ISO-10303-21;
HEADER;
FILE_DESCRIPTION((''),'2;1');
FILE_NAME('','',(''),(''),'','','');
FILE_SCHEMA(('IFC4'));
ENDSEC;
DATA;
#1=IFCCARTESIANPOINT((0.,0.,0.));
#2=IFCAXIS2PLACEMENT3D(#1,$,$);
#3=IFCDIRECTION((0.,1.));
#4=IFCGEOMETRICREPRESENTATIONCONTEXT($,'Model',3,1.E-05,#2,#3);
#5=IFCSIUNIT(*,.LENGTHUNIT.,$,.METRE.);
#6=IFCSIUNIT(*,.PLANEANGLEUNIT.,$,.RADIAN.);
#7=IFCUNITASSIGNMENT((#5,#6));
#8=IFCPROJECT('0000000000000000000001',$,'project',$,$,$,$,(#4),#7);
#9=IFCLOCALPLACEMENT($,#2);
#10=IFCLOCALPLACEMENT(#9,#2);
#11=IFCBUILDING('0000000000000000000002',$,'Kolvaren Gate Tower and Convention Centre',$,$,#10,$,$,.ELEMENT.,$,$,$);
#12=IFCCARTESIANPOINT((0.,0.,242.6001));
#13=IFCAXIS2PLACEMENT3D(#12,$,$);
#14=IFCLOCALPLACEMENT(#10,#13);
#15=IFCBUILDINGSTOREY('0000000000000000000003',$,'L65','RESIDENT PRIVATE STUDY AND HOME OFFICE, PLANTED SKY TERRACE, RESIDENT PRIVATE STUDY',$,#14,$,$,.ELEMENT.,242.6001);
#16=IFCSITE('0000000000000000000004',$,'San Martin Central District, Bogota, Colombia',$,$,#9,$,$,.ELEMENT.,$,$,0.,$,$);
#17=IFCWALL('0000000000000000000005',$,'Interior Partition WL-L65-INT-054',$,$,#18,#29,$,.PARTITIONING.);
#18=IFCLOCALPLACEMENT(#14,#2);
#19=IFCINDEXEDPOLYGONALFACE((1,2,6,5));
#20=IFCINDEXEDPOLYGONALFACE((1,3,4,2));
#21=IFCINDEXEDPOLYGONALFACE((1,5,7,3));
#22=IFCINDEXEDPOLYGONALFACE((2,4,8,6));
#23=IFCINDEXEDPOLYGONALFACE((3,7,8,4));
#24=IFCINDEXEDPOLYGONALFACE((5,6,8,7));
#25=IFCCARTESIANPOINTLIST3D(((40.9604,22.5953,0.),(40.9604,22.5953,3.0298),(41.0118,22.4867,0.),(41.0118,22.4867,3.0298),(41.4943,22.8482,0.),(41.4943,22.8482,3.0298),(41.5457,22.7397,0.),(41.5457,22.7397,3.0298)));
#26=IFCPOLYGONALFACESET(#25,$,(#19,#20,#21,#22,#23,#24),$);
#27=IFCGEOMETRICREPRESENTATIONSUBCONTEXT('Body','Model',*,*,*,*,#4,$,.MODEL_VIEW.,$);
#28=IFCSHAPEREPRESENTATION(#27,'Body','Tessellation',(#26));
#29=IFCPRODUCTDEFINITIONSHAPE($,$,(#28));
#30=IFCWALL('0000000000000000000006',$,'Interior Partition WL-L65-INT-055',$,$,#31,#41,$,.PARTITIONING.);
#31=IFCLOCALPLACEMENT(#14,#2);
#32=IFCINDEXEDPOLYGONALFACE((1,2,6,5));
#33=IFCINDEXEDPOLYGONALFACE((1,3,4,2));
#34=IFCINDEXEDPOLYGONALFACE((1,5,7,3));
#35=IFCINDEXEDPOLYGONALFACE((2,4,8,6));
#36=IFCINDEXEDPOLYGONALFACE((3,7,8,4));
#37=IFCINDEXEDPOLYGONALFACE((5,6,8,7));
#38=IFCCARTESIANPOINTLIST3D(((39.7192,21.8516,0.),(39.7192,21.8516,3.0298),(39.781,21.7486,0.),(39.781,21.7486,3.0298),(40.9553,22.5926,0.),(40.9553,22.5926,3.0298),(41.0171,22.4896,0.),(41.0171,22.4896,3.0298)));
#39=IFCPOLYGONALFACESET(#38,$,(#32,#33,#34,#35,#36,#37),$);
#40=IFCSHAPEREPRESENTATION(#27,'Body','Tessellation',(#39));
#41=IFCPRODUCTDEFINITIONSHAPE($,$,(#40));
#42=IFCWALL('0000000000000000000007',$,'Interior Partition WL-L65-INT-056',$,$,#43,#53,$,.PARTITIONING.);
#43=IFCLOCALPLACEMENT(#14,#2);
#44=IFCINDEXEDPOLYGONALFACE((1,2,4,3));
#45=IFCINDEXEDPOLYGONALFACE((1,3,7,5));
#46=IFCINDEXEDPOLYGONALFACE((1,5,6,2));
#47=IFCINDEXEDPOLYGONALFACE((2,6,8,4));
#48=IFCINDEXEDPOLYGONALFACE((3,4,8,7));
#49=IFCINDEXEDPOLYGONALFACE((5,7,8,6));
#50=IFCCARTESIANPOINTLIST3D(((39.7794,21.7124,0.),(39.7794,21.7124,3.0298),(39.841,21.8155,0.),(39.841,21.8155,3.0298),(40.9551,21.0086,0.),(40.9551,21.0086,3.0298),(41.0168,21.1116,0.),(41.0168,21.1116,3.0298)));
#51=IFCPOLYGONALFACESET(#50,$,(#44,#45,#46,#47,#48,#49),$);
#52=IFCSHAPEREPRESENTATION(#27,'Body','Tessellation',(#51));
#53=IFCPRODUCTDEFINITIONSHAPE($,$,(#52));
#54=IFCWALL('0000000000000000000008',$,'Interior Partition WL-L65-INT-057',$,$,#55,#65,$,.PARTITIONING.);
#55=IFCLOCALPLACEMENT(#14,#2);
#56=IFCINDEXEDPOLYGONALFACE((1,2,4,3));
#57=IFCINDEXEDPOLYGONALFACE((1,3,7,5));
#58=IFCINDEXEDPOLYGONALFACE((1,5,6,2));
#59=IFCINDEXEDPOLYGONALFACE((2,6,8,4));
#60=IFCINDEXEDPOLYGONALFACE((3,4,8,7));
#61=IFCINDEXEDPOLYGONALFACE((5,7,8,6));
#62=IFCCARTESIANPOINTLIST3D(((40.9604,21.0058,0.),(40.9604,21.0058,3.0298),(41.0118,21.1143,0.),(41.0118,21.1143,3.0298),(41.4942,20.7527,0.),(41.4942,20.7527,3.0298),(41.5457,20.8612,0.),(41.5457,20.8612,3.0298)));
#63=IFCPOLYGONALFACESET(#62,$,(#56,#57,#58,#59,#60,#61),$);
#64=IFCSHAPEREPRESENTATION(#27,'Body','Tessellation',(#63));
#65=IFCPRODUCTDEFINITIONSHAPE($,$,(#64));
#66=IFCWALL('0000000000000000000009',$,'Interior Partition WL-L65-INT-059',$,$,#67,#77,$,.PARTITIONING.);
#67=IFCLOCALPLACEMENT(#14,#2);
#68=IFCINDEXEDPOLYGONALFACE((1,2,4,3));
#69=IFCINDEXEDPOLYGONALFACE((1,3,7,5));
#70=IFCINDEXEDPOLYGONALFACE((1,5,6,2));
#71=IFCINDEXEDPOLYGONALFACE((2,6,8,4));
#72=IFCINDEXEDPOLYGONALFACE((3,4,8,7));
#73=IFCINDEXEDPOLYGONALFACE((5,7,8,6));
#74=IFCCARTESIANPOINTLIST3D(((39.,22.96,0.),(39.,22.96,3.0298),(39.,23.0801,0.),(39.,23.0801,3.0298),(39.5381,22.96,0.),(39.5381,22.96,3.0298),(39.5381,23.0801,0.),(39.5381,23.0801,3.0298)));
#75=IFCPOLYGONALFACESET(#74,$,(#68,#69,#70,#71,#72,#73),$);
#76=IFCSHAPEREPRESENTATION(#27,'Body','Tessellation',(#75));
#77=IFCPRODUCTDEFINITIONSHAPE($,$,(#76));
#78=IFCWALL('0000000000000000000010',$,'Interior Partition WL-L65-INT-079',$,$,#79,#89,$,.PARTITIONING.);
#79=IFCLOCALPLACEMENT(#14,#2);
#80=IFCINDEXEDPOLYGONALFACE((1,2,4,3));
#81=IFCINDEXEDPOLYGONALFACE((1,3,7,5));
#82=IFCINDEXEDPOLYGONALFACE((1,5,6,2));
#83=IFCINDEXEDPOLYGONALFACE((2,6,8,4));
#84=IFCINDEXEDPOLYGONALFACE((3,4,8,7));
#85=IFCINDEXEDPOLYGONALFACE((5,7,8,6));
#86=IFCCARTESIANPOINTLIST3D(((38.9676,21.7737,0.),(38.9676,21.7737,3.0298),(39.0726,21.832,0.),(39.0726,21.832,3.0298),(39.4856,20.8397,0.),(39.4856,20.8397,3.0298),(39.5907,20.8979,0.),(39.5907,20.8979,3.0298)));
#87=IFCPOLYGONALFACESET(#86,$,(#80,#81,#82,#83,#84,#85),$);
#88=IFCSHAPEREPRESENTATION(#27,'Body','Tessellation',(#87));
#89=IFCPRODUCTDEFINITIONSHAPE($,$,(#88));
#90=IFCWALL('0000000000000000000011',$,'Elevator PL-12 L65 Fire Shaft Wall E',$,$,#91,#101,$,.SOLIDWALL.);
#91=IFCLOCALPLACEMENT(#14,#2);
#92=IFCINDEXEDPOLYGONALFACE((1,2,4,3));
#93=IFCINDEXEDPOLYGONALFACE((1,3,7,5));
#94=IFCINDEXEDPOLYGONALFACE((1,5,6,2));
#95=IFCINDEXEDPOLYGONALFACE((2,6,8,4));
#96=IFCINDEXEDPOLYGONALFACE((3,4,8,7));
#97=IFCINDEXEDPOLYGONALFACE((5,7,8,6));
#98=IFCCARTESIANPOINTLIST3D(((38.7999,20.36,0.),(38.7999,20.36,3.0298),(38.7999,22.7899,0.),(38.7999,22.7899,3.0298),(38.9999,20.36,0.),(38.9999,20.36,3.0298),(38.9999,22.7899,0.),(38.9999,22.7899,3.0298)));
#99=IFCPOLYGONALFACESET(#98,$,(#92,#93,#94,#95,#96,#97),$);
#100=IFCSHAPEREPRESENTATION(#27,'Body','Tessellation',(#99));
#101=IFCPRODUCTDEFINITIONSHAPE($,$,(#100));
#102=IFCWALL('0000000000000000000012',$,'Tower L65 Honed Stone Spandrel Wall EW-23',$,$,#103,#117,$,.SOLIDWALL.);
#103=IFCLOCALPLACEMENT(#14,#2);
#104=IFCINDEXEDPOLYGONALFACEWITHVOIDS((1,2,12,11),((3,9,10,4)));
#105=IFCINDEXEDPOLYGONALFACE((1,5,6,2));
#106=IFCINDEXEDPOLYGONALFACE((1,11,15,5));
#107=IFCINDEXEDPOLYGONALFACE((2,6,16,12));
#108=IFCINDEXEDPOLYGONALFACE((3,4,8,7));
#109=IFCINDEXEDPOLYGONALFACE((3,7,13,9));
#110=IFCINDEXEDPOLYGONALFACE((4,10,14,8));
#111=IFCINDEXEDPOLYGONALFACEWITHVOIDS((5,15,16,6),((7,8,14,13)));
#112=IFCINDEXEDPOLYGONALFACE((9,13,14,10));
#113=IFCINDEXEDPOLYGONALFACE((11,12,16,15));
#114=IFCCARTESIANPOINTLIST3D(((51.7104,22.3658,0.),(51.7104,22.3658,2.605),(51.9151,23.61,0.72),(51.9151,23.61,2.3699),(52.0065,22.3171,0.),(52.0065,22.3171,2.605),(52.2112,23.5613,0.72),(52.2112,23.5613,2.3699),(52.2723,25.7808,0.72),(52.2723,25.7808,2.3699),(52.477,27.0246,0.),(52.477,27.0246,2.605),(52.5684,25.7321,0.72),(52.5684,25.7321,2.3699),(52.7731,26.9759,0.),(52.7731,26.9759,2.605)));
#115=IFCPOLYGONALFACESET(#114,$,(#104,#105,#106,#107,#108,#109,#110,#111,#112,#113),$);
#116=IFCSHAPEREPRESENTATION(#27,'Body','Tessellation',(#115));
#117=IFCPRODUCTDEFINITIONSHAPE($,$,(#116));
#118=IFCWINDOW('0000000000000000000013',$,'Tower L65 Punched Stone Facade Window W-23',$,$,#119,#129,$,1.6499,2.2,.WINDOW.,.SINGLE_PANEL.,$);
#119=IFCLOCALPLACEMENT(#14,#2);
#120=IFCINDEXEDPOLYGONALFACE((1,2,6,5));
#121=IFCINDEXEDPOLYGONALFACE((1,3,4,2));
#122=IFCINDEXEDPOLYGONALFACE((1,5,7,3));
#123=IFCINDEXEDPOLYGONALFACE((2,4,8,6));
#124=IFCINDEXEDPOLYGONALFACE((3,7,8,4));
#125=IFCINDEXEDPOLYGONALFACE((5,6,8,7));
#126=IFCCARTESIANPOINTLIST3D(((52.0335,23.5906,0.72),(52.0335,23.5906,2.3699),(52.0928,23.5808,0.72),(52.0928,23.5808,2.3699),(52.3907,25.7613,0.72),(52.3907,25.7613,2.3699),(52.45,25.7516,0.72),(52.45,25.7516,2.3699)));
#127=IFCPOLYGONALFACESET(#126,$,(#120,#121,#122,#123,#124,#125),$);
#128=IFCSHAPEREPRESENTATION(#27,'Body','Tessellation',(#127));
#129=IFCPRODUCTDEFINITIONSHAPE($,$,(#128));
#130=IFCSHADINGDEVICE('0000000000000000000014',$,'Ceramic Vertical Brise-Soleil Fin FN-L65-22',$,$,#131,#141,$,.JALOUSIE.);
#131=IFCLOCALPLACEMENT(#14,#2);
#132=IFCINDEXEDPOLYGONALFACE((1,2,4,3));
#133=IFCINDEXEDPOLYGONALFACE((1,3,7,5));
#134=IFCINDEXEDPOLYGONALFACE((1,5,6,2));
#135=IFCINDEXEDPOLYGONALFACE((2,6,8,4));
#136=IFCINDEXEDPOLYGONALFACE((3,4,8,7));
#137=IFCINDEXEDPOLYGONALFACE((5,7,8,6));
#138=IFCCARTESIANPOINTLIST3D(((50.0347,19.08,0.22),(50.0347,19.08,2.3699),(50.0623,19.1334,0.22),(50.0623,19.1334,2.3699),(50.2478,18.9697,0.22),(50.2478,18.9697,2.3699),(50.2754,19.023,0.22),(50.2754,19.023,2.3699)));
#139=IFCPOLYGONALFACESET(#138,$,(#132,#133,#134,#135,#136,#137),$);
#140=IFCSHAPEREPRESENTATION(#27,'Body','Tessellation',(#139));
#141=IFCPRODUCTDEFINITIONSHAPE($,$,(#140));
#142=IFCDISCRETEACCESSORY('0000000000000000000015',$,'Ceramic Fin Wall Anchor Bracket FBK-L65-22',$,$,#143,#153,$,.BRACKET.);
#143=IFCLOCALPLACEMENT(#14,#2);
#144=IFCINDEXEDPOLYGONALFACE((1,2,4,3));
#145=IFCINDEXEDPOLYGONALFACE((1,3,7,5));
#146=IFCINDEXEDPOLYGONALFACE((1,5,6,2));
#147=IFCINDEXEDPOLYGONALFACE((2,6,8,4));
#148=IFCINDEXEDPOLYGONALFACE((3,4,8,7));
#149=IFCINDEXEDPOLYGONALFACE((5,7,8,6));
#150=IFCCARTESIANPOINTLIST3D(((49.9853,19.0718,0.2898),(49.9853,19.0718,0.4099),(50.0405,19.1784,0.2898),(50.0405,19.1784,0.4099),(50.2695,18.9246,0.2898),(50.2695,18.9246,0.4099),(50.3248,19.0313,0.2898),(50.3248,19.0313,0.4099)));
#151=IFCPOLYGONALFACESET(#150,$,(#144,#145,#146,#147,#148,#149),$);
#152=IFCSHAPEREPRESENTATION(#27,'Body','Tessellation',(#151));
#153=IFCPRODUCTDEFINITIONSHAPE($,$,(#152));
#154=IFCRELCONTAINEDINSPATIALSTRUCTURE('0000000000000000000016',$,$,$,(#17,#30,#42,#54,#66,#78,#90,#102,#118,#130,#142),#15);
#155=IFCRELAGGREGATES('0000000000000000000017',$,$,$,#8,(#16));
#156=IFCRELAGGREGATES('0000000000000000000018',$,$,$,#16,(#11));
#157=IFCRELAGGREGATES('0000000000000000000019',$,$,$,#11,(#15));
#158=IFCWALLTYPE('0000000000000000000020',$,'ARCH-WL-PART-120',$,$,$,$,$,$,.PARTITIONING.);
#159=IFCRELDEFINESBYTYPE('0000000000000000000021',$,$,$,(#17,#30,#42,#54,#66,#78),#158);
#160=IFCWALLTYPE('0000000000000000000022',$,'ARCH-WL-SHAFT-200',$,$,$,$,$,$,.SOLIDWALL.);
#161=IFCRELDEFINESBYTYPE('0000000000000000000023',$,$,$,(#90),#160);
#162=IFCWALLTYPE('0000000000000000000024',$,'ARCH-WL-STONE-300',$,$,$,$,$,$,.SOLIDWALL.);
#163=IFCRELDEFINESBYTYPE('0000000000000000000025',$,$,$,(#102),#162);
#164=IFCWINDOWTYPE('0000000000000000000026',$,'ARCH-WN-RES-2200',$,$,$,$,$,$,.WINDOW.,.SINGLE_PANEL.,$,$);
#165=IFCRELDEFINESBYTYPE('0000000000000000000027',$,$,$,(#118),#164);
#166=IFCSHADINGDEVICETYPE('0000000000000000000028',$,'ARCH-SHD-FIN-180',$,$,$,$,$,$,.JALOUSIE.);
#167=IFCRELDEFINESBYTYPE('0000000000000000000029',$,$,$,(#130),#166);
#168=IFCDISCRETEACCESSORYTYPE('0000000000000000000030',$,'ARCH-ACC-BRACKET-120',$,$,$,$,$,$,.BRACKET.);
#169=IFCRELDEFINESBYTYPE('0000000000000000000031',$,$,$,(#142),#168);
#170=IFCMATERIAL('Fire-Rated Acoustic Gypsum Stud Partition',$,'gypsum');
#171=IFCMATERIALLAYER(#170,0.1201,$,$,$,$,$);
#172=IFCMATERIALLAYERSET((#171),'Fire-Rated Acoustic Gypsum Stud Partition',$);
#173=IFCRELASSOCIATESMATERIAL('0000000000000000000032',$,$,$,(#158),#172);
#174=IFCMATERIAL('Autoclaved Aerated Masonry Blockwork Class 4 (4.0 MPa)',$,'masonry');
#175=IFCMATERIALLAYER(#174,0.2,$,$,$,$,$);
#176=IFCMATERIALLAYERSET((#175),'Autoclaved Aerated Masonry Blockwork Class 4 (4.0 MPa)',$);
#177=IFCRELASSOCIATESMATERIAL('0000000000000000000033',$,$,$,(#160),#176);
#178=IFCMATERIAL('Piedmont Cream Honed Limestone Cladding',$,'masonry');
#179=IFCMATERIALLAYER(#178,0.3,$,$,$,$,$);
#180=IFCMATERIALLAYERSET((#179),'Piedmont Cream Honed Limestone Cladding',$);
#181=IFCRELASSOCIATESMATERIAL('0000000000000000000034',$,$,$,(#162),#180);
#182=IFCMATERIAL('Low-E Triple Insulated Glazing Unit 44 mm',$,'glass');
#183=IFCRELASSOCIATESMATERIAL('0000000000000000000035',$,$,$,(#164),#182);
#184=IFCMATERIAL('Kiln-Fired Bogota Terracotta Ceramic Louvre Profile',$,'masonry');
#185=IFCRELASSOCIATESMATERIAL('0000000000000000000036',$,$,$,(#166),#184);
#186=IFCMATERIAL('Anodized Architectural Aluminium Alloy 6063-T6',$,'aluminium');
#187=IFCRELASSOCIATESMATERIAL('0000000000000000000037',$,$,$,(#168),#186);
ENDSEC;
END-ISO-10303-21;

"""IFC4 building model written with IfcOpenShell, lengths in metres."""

from ifc_helpers import new_model, si_unit, direction, frame, frame_2d, origin, origin_2d, place, context, subcontext, project, spatial, rectangle, extrude, material, layer, layer_set, type_object, element, fill, save


model = new_model("IFC4")

# Units and contexts
model_context = context("Model", 3, precision=1e-05, world=origin(), true_north=direction((0.0, 1.0)))
body_context = subcontext(model_context, "Body", "Model", "MODEL_VIEW")
ifc_project = project(units=[si_unit("LENGTHUNIT", "METRE"), si_unit("PLANEANGLEUNIT", "RADIAN")], contexts=[model_context])

# Site, building, storey
site_placement = place(None, origin())
site = spatial("IfcSite", under=ifc_project, at=site_placement, Name="San Martin Central District, Bogota, Colombia", CompositionType="ELEMENT", RefElevation=0.0)
building_placement = place(site_placement, origin())
building = spatial("IfcBuilding", under=site, at=building_placement, Name="Kolvaren Gate Tower and Convention Centre", CompositionType="ELEMENT")
storey_placement = place(building_placement, frame((0.0, 0.0, 242.6001)))
storey = spatial("IfcBuildingStorey", under=building, at=storey_placement, Name="L65", Description="RESIDENT PRIVATE STUDY AND HOME OFFICE, PLANTED SKY TERRACE, RESIDENT PRIVATE STUDY", CompositionType="ELEMENT", Elevation=242.6001)

# Shared definitions
ifc_material_1 = material(Name="Fire-Rated Acoustic Gypsum Stud Partition", Category="gypsum")
ifc_layer_1 = layer(ifc_material_1, 0.1201)
ifc_layer_set_1 = layer_set([ifc_layer_1], Name="Fire-Rated Acoustic Gypsum Stud Partition")
wall_type_1 = type_object("IfcWallType", Name="ARCH-WL-PART-120", PredefinedType="PARTITIONING", material=ifc_layer_set_1)

# Walls
wall_1_placement = place(storey_placement, frame((40.9861, 22.541, 0.0), z_axis=(0.0, 0.0, 1.0), x_axis=(0.903729, 0.428104, 0.0)))
element("IfcWall", 1, at=wall_1_placement, inside=storey, type_object=wall_type_1, Name="Interior Partition WL-L65-INT-054", PredefinedType="PARTITIONING", context=body_context, shape_type="SweptSolid", body=[
    extrude(rectangle(XDim=0.5908, YDim=0.1201, at=frame_2d((0.2954, 0.0))), origin(), (0.0, 0.0, 1.0), 3.0298),
])
wall_2_placement = place(storey_placement, frame((39.75, 21.8, 0.0), z_axis=(0.0, 0.0, 1.0), x_axis=(0.857702, 0.514147, 0.0)))
element("IfcWall", 2, at=wall_2_placement, inside=storey, type_object=wall_type_1, Name="Interior Partition WL-L65-INT-055", PredefinedType="PARTITIONING", context=body_context, shape_type="SweptSolid", body=[
    extrude(rectangle(XDim=1.4412, YDim=0.1201, at=frame_2d((0.7207, 0.0))), origin(), (0.0, 0.0, 1.0), 3.0298),
])
wall_3_placement = place(storey_placement, frame((39.8103, 21.7639, 0.0), z_axis=(0.0, 0.0, 1.0), x_axis=(0.858011, -0.513631, 0.0)))
element("IfcWall", 3, at=wall_3_placement, inside=storey, type_object=wall_type_1, Name="Interior Partition WL-L65-INT-056", PredefinedType="PARTITIONING", context=body_context, shape_type="SweptSolid", body=[
    extrude(rectangle(XDim=1.3704, YDim=0.1201, at=frame_2d((0.6851, 0.0))), origin(), (0.0, 0.0, 1.0), 3.0298),
])
wall_4_placement = place(storey_placement, frame((40.9861, 21.0601, 0.0), z_axis=(0.0, 0.0, 1.0), x_axis=(0.90357, -0.428442, 0.0)))
element("IfcWall", 4, at=wall_4_placement, inside=storey, type_object=wall_type_1, Name="Interior Partition WL-L65-INT-057", PredefinedType="PARTITIONING", context=body_context, shape_type="SweptSolid", body=[
    extrude(rectangle(XDim=0.5908, YDim=0.1201, at=frame_2d((0.2954, 0.0))), origin(), (0.0, 0.0, 1.0), 3.0298),
])
wall_5_placement = place(storey_placement, frame((39.0, 23.02, 0.0), z_axis=(0.0, 0.0, 1.0), x_axis=(1.0, 0.0, 0.0)))
element("IfcWall", 5, at=wall_5_placement, inside=storey, type_object=wall_type_1, Name="Interior Partition WL-L65-INT-059", PredefinedType="PARTITIONING", context=body_context, shape_type="SweptSolid", body=[
    extrude(rectangle(XDim=0.5381, YDim=0.1201, at=frame_2d((0.269, 0.0))), origin(), (0.0, 0.0, 1.0), 3.0298),
])
wall_6_placement = place(storey_placement, frame((39.02, 21.803, 0.0), z_axis=(0.0, 0.0, 1.0), x_axis=(0.485022, -0.874502, 0.0)))
element("IfcWall", 6, at=wall_6_placement, inside=storey, type_object=wall_type_1, Name="Interior Partition WL-L65-INT-079", PredefinedType="PARTITIONING", context=body_context, shape_type="SweptSolid", body=[
    extrude(rectangle(XDim=1.0681, YDim=0.1201, at=frame_2d((0.5342, 0.0))), origin(), (0.0, 0.0, 1.0), 3.0298),
])
ifc_material_2 = material(Name="Autoclaved Aerated Masonry Blockwork Class 4 (4.0 MPa)", Category="masonry")
ifc_layer_2 = layer(ifc_material_2, 0.2)
ifc_layer_set_2 = layer_set([ifc_layer_2], Name="Autoclaved Aerated Masonry Blockwork Class 4 (4.0 MPa)")
wall_type_2 = type_object("IfcWallType", Name="ARCH-WL-SHAFT-200", PredefinedType="SOLIDWALL", material=ifc_layer_set_2)
wall_7_placement = place(storey_placement, frame((38.8999, 20.3601, 0.0), z_axis=(0.0, 0.0, 1.0), x_axis=(0.0, 1.0, 0.0)))
element("IfcWall", 7, at=wall_7_placement, inside=storey, type_object=wall_type_2, Name="Elevator PL-12 L65 Fire Shaft Wall E", PredefinedType="SOLIDWALL", context=body_context, shape_type="SweptSolid", body=[
    extrude(rectangle(XDim=2.4299, YDim=0.2, at=frame_2d((1.2148, 0.0))), origin(), (0.0, 0.0, 1.0), 3.0298),
])

# Wall, opening, window
ifc_material_3 = material(Name="Piedmont Cream Honed Limestone Cladding", Category="masonry")
ifc_layer_3 = layer(ifc_material_3, 0.3)
ifc_layer_set_3 = layer_set([ifc_layer_3], Name="Piedmont Cream Honed Limestone Cladding")
wall_type_3 = type_object("IfcWallType", Name="ARCH-WL-STONE-300", PredefinedType="SOLIDWALL", material=ifc_layer_set_3)
wall_8_placement = place(storey_placement, frame((51.8584, 22.3413, 0.0), z_axis=(0.0, 0.0, 1.0), x_axis=(0.162369, 0.98673, 0.0)))
wall_8 = element("IfcWall", 8, at=wall_8_placement, inside=storey, type_object=wall_type_3, Name="Tower L65 Honed Stone Spandrel Wall EW-23", PredefinedType="SOLIDWALL", context=body_context, shape_type="SweptSolid", body=[
    extrude(rectangle(XDim=4.7214, YDim=0.3, at=frame_2d((2.3608, 0.0))), origin(), (0.0, 0.0, 1.0), 2.605),
])
opening_1_placement = place(wall_8_placement, frame((1.261, 0.0, 0.72)))
opening_1 = element("IfcOpeningElement", 9, at=opening_1_placement, cuts=wall_8, PredefinedType="OPENING", context=body_context, shape_type="SweptSolid", body=[
    extrude(rectangle(XDim=2.2, YDim=1.6499, at=frame_2d((1.1001, 0.825))), frame((0.0, 0.1599, 0.0), z_axis=(0.0, -1.0, 0.0), x_axis=(1.0, 0.0, 0.0)), (0.0, 0.0, 1.0), 0.3201),
])
ifc_material_4 = material(Name="Low-E Triple Insulated Glazing Unit 44 mm", Category="glass")
window_type = type_object("IfcWindowType", Name="ARCH-WN-RES-2200", PartitioningType="SINGLE_PANEL", PredefinedType="WINDOW", material=ifc_material_4)
window_placement = place(opening_1_placement, origin())
window = element("IfcWindow", 10, at=window_placement, inside=storey, type_object=window_type, Name="Tower L65 Punched Stone Facade Window W-23", OverallHeight=1.6499, OverallWidth=2.2, PartitioningType="SINGLE_PANEL", PredefinedType="WINDOW", context=body_context, shape_type="SweptSolid", body=[
    extrude(rectangle(XDim=2.2, YDim=1.6499, at=frame_2d((1.1001, 0.825))), frame((0.0, 0.03, 0.0), z_axis=(0.0, -1.0, 0.0), x_axis=(1.0, 0.0, 0.0)), (0.0, 0.0, 1.0), 0.0601),
])
fill(opening_1, window)

# Shading device
ifc_material_5 = material(Name="Kiln-Fired Bogota Terracotta Ceramic Louvre Profile", Category="masonry")
shading_device_type = type_object("IfcShadingDeviceType", Name="ARCH-SHD-FIN-180", PredefinedType="JALOUSIE", material=ifc_material_5)
shading_device_placement = place(storey_placement, frame((50.155, 19.0515, 0.22), z_axis=(0.0, 0.0, 1.0), x_axis=(0.459778, 0.888034, 0.0)))
element("IfcShadingDevice", 11, at=shading_device_placement, inside=storey, type_object=shading_device_type, Name="Ceramic Vertical Brise-Soleil Fin FN-L65-22", PredefinedType="JALOUSIE", context=body_context, shape_type="SweptSolid", body=[
    extrude(rectangle(XDim=0.0601, YDim=0.24, at=origin_2d()), origin(), (0.0, 0.0, 1.0), 2.1499),
])

# Discrete accessory
ifc_material_6 = material(Name="Anodized Architectural Aluminium Alloy 6063-T6", Category="aluminium")
discrete_accessory_type = type_object("IfcDiscreteAccessoryType", Name="ARCH-ACC-BRACKET-120", PredefinedType="BRACKET", material=ifc_material_6)
discrete_accessory_placement = place(storey_placement, frame((50.155, 19.0515, 0.2898), z_axis=(0.0, 0.0, 1.0), x_axis=(0.459778, 0.888034, 0.0)))
element("IfcDiscreteAccessory", 12, at=discrete_accessory_placement, inside=storey, type_object=discrete_accessory_type, Name="Ceramic Fin Wall Anchor Bracket FBK-L65-22", PredefinedType="BRACKET", context=body_context, shape_type="SweptSolid", body=[
    extrude(rectangle(XDim=0.1201, YDim=0.3201, at=origin_2d()), origin(), (0.0, 0.0, 1.0), 0.1201),
])

save(model, "model.ifc")
